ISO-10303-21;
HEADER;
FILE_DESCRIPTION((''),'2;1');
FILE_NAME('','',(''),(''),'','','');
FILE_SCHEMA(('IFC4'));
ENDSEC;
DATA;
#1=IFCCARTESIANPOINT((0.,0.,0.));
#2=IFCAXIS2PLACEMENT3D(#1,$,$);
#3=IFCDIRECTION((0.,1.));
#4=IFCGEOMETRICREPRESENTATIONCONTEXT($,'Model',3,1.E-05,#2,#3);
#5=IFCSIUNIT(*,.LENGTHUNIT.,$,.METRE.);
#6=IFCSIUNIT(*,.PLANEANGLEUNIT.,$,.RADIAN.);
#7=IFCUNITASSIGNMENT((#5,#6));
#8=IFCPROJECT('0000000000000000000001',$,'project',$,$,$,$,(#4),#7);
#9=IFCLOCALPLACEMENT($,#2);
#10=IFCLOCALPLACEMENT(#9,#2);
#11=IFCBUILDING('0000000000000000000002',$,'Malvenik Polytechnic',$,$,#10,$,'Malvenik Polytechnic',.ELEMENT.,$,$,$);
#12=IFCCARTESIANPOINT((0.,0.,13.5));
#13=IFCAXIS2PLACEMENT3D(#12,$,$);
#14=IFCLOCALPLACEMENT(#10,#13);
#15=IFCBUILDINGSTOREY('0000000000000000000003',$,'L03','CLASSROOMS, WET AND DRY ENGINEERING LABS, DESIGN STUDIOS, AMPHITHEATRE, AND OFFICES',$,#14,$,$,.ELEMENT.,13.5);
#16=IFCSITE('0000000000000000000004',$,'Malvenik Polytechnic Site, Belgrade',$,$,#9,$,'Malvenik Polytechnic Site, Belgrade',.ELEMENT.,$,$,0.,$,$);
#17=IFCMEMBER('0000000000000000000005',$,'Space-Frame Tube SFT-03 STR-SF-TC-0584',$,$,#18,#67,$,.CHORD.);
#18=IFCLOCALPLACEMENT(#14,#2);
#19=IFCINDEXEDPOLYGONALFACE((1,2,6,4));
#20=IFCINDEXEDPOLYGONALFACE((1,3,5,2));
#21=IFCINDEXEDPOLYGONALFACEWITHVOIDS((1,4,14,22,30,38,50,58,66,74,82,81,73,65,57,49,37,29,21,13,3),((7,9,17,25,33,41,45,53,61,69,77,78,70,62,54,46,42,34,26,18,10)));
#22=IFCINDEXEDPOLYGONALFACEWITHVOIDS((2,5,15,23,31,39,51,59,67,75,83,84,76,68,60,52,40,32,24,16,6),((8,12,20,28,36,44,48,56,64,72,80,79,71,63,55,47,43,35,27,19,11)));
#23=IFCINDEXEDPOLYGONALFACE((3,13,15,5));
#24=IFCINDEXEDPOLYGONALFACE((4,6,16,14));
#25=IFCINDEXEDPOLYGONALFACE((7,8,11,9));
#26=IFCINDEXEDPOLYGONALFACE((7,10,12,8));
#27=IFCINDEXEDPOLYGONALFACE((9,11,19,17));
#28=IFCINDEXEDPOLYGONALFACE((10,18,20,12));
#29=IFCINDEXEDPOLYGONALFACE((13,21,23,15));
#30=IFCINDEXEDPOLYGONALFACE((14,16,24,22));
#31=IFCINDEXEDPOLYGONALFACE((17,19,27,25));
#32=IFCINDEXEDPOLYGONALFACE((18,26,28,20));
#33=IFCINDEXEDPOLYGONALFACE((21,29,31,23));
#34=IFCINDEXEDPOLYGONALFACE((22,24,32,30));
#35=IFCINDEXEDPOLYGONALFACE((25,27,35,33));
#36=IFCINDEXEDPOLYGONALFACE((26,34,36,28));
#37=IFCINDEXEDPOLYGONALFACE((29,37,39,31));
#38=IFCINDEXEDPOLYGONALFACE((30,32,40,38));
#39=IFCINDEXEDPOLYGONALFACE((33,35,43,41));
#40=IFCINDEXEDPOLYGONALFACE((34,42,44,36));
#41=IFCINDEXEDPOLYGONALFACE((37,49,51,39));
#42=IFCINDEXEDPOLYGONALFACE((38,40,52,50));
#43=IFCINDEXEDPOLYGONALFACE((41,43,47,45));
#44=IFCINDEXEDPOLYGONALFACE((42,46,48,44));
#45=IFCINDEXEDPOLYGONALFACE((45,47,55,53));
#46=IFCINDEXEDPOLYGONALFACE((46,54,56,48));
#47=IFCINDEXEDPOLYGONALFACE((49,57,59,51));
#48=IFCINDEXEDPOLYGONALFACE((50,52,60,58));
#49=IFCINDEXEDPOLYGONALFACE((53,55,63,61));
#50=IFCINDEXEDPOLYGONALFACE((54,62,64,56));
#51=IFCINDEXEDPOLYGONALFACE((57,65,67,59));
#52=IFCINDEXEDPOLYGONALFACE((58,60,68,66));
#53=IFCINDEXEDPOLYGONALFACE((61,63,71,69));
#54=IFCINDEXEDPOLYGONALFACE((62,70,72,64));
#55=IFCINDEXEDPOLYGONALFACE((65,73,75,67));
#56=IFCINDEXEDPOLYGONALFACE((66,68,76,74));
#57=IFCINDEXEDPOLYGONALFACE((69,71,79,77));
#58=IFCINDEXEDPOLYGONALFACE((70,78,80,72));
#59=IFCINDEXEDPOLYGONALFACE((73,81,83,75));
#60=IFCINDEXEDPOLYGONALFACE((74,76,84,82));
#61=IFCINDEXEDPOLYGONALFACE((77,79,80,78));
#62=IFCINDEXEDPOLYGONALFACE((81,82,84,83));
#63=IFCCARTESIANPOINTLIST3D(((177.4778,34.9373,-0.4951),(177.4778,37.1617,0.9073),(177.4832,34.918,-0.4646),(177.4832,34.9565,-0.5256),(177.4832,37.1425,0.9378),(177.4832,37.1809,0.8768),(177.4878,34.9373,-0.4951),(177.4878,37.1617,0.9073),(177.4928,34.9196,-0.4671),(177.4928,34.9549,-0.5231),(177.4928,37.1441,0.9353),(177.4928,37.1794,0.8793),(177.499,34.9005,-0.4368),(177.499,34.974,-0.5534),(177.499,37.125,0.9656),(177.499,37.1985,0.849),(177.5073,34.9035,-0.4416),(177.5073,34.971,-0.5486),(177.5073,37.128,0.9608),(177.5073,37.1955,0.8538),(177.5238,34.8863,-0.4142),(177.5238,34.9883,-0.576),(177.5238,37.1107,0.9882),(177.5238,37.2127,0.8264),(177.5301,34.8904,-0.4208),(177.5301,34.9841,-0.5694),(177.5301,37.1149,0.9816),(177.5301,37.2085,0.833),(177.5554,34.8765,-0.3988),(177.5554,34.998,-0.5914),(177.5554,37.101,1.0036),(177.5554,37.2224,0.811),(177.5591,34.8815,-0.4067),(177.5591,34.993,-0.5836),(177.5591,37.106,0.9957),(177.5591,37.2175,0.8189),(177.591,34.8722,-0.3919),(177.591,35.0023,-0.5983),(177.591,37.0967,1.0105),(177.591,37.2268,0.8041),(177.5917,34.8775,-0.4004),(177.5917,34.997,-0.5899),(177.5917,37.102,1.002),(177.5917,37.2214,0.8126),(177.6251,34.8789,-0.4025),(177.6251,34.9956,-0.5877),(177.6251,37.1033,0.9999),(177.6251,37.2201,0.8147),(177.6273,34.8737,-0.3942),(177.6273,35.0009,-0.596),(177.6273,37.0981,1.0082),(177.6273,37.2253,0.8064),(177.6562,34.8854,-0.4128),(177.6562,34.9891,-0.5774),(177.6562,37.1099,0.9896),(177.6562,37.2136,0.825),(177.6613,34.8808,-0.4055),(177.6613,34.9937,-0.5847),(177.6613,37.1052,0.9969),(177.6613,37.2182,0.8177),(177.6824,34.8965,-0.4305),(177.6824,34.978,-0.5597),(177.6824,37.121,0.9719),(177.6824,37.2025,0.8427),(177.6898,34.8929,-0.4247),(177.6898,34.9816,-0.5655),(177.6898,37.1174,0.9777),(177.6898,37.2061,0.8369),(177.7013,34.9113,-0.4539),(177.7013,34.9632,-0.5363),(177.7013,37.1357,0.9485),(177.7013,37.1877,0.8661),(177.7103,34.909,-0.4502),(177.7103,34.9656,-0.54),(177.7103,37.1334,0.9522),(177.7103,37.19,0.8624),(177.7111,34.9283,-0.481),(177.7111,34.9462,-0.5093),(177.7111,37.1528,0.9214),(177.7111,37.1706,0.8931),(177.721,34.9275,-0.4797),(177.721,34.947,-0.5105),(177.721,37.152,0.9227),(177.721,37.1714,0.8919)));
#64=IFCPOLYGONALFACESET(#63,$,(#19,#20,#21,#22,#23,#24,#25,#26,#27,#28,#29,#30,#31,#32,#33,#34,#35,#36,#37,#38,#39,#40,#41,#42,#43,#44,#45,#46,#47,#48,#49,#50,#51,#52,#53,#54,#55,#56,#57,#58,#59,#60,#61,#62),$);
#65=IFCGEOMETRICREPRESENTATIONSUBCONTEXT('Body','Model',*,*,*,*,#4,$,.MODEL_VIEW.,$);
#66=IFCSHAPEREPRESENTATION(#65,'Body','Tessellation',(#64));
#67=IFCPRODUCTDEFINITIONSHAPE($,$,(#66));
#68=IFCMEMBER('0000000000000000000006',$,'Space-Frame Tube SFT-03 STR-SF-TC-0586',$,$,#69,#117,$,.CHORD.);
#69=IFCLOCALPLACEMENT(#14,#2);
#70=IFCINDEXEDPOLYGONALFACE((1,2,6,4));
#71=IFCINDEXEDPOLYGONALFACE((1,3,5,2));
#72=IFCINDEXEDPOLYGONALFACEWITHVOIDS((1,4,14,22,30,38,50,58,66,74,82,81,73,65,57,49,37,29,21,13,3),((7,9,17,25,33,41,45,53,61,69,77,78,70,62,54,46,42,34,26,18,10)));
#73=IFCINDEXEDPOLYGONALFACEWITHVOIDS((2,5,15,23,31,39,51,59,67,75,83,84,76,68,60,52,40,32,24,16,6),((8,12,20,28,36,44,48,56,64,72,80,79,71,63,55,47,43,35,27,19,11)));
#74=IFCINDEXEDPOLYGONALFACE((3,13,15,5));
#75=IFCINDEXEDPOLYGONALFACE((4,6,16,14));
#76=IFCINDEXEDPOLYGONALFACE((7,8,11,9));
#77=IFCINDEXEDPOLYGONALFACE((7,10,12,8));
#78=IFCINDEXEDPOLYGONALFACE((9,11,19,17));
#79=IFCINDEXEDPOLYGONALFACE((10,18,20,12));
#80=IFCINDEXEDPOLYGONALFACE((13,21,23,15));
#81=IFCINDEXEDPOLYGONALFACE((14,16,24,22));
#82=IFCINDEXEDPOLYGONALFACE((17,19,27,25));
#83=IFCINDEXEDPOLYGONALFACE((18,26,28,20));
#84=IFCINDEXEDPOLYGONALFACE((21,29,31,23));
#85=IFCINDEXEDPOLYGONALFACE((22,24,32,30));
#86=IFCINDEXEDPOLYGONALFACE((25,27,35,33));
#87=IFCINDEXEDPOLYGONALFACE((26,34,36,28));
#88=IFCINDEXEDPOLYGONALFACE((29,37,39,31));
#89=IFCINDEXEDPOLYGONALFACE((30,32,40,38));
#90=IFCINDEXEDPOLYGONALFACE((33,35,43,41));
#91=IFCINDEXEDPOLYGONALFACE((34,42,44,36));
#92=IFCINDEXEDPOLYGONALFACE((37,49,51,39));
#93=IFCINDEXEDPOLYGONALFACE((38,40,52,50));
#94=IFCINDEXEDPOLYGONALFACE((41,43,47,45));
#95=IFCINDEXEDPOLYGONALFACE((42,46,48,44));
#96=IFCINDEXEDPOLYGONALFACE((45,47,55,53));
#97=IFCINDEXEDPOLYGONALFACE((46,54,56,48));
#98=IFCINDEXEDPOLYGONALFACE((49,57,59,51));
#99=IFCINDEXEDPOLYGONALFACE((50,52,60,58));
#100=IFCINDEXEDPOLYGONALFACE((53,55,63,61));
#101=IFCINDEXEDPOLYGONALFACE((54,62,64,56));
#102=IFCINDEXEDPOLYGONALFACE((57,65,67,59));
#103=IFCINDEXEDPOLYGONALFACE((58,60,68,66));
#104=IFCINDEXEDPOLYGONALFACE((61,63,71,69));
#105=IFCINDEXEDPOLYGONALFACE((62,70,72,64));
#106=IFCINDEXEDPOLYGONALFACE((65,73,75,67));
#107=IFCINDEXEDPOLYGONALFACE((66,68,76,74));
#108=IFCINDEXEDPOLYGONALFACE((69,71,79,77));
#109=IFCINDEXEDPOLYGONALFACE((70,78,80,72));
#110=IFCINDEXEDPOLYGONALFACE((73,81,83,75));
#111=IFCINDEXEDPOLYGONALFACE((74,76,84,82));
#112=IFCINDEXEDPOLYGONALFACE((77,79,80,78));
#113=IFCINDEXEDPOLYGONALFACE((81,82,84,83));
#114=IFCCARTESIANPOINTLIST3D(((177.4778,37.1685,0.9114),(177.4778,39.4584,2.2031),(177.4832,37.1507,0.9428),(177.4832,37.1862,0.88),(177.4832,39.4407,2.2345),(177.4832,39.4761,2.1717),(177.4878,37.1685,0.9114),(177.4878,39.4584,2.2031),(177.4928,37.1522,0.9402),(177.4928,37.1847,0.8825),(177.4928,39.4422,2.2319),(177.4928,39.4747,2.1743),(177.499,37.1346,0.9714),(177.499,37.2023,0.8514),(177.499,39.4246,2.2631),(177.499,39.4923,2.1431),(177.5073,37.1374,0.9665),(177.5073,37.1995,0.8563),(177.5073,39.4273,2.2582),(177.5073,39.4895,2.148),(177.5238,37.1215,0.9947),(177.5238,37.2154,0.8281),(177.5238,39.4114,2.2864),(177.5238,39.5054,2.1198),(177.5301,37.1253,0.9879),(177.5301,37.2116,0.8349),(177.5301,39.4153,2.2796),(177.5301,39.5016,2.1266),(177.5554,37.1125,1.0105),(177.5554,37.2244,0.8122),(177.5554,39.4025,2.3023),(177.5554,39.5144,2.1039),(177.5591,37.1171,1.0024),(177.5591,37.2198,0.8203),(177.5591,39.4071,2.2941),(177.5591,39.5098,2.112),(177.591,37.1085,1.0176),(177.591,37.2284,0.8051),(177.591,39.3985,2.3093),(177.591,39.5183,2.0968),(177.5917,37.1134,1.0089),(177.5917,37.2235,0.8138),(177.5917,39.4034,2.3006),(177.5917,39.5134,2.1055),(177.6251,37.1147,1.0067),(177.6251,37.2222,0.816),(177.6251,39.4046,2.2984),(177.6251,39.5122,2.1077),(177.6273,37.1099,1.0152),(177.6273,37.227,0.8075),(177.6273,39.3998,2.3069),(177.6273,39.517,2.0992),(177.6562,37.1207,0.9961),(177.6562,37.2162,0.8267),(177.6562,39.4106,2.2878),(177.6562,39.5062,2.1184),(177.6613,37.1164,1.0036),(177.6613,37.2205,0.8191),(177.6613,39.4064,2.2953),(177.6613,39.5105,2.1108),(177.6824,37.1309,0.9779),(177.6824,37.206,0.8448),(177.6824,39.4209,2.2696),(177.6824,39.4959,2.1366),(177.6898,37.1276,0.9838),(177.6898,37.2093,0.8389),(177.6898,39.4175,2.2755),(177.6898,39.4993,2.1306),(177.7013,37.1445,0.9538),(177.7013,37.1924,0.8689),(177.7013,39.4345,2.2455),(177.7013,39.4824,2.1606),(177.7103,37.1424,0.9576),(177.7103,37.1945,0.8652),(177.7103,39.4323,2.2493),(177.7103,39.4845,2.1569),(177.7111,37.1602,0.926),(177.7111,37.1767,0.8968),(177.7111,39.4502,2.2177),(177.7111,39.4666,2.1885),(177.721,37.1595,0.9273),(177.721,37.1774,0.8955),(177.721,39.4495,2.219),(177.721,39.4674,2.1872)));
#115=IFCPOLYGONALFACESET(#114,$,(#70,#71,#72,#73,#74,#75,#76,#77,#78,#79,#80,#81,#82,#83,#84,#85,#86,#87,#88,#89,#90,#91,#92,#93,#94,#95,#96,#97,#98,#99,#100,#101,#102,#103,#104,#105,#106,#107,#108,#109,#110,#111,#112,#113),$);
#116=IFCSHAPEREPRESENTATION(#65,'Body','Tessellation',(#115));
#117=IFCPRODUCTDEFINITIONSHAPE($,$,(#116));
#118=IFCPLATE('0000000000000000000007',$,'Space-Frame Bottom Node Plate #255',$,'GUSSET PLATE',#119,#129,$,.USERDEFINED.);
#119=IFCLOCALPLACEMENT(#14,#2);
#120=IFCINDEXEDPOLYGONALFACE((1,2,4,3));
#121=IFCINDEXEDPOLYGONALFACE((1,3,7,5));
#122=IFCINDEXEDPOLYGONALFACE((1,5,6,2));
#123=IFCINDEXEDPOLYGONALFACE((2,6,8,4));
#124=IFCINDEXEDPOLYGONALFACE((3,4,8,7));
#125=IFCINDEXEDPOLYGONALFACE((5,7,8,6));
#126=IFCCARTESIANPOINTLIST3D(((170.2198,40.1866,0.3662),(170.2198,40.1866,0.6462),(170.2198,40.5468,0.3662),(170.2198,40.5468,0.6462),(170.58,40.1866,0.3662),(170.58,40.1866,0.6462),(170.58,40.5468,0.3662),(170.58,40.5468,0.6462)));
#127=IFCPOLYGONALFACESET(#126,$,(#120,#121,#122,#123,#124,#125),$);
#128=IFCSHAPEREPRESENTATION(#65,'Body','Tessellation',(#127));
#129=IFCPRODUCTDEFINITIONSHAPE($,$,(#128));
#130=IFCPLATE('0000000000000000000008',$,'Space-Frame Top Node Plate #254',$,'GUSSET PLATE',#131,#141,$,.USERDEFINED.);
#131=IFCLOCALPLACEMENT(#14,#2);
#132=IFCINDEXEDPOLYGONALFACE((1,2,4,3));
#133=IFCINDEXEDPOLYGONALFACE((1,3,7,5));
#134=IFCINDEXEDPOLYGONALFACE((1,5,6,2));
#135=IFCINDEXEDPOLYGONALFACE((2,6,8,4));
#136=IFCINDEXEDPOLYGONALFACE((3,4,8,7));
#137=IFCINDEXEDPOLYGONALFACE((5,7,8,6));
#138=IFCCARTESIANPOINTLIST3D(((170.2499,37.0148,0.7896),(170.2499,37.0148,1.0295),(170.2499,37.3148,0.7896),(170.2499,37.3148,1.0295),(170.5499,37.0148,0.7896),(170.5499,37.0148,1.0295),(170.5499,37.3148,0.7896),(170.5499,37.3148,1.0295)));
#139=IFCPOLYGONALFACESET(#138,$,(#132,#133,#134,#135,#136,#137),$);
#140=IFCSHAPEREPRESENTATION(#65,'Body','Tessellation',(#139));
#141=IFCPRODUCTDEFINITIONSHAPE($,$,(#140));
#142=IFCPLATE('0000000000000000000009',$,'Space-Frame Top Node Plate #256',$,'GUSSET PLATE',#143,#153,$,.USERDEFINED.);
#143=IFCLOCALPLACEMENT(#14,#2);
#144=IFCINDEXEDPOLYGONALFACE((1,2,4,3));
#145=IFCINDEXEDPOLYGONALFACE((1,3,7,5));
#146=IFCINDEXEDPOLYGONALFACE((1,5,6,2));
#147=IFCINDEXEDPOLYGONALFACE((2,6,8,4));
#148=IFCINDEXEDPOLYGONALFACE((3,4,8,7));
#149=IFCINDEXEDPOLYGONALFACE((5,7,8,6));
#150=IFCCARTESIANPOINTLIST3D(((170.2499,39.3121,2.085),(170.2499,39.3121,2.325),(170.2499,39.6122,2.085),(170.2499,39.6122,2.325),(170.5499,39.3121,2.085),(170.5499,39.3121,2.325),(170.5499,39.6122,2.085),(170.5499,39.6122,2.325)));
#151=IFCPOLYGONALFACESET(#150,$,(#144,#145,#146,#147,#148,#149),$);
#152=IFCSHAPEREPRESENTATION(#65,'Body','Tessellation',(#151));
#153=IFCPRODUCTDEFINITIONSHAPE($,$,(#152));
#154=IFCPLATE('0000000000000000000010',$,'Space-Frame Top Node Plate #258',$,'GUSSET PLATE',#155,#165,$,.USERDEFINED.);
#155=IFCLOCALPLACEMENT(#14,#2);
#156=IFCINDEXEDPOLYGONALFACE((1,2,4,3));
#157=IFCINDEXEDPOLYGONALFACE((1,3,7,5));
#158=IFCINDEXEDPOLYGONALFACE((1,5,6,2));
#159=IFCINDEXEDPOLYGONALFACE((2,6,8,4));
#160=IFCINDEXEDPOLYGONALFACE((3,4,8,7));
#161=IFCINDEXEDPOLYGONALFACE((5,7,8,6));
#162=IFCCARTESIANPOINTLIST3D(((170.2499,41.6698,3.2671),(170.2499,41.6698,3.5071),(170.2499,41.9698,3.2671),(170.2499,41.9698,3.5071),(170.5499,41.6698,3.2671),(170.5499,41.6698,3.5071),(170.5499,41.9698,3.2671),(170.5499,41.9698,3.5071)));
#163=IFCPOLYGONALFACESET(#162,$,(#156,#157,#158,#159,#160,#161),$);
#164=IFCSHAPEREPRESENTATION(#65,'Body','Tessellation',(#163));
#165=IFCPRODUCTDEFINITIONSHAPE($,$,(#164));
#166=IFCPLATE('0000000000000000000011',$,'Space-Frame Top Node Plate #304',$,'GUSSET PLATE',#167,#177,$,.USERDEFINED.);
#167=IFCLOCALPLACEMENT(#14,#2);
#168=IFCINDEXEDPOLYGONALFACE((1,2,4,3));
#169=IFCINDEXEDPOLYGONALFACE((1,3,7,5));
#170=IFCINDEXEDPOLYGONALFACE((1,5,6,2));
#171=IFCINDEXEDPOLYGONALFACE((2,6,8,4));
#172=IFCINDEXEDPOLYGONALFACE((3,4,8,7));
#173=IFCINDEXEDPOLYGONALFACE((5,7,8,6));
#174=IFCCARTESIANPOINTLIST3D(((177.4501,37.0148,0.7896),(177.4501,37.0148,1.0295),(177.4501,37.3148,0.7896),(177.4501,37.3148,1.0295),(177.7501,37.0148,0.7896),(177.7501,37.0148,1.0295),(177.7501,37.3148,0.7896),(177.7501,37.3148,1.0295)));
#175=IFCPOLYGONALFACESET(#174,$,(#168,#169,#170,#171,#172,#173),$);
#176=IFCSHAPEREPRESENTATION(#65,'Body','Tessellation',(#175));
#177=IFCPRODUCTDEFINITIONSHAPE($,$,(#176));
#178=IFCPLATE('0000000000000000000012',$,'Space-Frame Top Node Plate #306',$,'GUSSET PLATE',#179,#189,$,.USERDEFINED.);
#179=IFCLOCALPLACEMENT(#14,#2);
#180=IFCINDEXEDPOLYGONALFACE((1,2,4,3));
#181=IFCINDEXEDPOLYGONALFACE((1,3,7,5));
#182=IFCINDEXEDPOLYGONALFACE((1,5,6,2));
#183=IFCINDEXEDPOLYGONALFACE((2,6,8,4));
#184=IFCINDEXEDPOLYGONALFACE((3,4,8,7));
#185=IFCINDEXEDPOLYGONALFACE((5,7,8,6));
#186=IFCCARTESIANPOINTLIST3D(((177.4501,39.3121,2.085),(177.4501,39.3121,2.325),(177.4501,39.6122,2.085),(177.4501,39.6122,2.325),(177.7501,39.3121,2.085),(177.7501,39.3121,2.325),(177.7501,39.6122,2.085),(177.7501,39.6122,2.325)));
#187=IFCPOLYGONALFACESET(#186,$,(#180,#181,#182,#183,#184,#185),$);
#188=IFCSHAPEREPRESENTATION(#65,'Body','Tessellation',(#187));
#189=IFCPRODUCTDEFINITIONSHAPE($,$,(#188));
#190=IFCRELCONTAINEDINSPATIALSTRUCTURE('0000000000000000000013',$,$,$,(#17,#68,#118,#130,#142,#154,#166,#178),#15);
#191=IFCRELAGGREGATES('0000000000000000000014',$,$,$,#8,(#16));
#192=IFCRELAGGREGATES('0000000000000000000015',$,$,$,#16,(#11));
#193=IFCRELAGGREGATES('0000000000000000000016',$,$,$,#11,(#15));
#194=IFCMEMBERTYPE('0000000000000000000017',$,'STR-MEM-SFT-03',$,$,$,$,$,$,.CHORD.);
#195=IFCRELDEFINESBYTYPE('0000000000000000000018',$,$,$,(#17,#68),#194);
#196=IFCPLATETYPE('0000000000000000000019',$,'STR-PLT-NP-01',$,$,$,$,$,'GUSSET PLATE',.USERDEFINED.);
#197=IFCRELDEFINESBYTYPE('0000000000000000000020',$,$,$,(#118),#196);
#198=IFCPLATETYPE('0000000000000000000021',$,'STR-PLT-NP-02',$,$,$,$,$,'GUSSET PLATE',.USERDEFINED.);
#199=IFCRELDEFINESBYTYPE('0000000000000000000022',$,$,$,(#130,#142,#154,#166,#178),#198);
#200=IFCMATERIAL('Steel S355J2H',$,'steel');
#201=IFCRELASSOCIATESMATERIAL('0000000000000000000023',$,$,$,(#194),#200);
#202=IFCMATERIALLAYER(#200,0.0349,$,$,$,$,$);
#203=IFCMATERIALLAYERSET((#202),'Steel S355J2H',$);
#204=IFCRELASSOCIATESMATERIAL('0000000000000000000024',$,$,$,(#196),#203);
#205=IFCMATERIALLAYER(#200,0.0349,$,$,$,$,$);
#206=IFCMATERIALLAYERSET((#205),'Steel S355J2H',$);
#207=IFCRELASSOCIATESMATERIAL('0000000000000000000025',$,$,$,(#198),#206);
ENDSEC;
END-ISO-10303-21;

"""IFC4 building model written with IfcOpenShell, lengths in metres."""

from ifc_helpers import new_model, si_unit, direction, frame, origin, origin_2d, place, context, subcontext, project, spatial, rectangle, hollow_circle, extrude, material, layer, layer_set, material_profile, profile_set, type_object, element, save


model = new_model("IFC4")

# Units and contexts
model_context = context("Model", 3, precision=1e-05, world=origin(), true_north=direction((0.0, 1.0)))
body_context = subcontext(model_context, "Body", "Model", "MODEL_VIEW")
ifc_project = project(units=[si_unit("LENGTHUNIT", "METRE"), si_unit("PLANEANGLEUNIT", "RADIAN")], contexts=[model_context])

# Site, building, storey
site_placement = place(None, origin())
site = spatial("IfcSite", under=ifc_project, at=site_placement, Name="Malvenik Polytechnic Site, Belgrade", LongName="Malvenik Polytechnic Site, Belgrade", CompositionType="ELEMENT", RefElevation=0.0)
building_placement = place(site_placement, origin())
building = spatial("IfcBuilding", under=site, at=building_placement, Name="Malvenik Polytechnic", LongName="Malvenik Polytechnic", CompositionType="ELEMENT")
storey_placement = place(building_placement, frame((0.0, 0.0, 13.5)))
storey = spatial("IfcBuildingStorey", under=building, at=storey_placement, Name="L03", Description="CLASSROOMS, WET AND DRY ENGINEERING LABS, DESIGN STUDIOS, AMPHITHEATRE, AND OFFICES", CompositionType="ELEMENT", Elevation=13.5)

# Members
ifc_material_1 = material(Name="Steel S355J2H", Category="steel")
ifc_material_profile_1 = material_profile(ifc_material_1, hollow_circle(Radius=0.1223, WallThickness=0.01, at=origin_2d()), Name="CHS 244.5x10.0")
ifc_profile_set_1 = profile_set([ifc_material_profile_1], Name="Steel S355J2H")
member_type_1 = type_object("IfcMemberType", Name="STR-MEM-SFT-03", PredefinedType="CHORD", material=ifc_profile_set_1)
member_1_placement = place(storey_placement, frame((177.6001, 34.9373, -0.4951), z_axis=(0.0, 0.845921, 0.533308), x_axis=(-1.0, 0.0, 0.0)))
element("IfcMember", 1, at=member_1_placement, inside=storey, type_object=member_type_1, Name="Space-Frame Tube SFT-03 STR-SF-TC-0584", PredefinedType="CHORD", context=body_context, shape_type="SweptSolid", body=[
    extrude(hollow_circle(Radius=0.1223, WallThickness=0.01, at=origin_2d()), origin(), (0.0, 0.0, 1.0), 2.6296),
])
member_2_placement = place(storey_placement, frame((177.6001, 37.1685, 0.9114), z_axis=(0.0, 0.87099, 0.491301), x_axis=(-1.0, 0.0, 0.0)))
element("IfcMember", 2, at=member_2_placement, inside=storey, type_object=member_type_1, Name="Space-Frame Tube SFT-03 STR-SF-TC-0586", PredefinedType="CHORD", context=body_context, shape_type="SweptSolid", body=[
    extrude(hollow_circle(Radius=0.1223, WallThickness=0.01, at=origin_2d()), origin(), (0.0, 0.0, 1.0), 2.6292),
])

# Plates
ifc_layer_1 = layer(ifc_material_1, 0.0349)
ifc_layer_set_1 = layer_set([ifc_layer_1], Name="Steel S355J2H")
plate_type_1 = type_object("IfcPlateType", Name="STR-PLT-NP-01", ElementType="GUSSET PLATE", PredefinedType="USERDEFINED", material=ifc_layer_set_1)
plate_placement = place(storey_placement, frame((170.3999, 40.3667, 0.3662), z_axis=(0.0, 0.0, 1.0), x_axis=(1.0, 0.0, 0.0)))
element("IfcPlate", 3, at=plate_placement, inside=storey, type_object=plate_type_1, Name="Space-Frame Bottom Node Plate #255", ObjectType="GUSSET PLATE", PredefinedType="USERDEFINED", context=body_context, shape_type="SweptSolid", body=[
    extrude(rectangle(XDim=0.3601, YDim=0.3601, at=origin_2d()), origin(), (0.0, 0.0, 1.0), 0.28),
])
ifc_layer_2 = layer(ifc_material_1, 0.0349)
ifc_layer_set_2 = layer_set([ifc_layer_2], Name="Steel S355J2H")
plate_type_2 = type_object("IfcPlateType", Name="STR-PLT-NP-02", ElementType="GUSSET PLATE", PredefinedType="USERDEFINED", material=ifc_layer_set_2)
for number, where, z_axis, x_axis, name in (
    (4, (170.3999, 37.1648, 0.7896), (0.0, 0.0, 1.0), (1.0, 0.0, 0.0), "Space-Frame Top Node Plate #254"),
    (5, (170.3999, 39.4622, 2.085), (0.0, 0.0, 1.0), (1.0, 0.0, 0.0), "Space-Frame Top Node Plate #256"),
    (6, (170.3999, 41.8198, 3.2671), (0.0, 0.0, 1.0), (1.0, 0.0, 0.0), "Space-Frame Top Node Plate #258"),
    (7, (177.6001, 37.1648, 0.7896), (0.0, 0.0, 1.0), (1.0, 0.0, 0.0), "Space-Frame Top Node Plate #304"),
    (8, (177.6001, 39.4622, 2.085), (0.0, 0.0, 1.0), (1.0, 0.0, 0.0), "Space-Frame Top Node Plate #306"),
):
    element("IfcPlate", number, at=place(storey_placement, frame(where, z_axis=z_axis, x_axis=x_axis)), inside=storey, type_object=plate_type_2, Name=name, ObjectType="GUSSET PLATE", PredefinedType="USERDEFINED", context=body_context, shape_type="SweptSolid", body=[
        extrude(rectangle(XDim=0.3, YDim=0.3, at=origin_2d()), origin(), (0.0, 0.0, 1.0), 0.24),
    ])

save(model, "model.ifc")
